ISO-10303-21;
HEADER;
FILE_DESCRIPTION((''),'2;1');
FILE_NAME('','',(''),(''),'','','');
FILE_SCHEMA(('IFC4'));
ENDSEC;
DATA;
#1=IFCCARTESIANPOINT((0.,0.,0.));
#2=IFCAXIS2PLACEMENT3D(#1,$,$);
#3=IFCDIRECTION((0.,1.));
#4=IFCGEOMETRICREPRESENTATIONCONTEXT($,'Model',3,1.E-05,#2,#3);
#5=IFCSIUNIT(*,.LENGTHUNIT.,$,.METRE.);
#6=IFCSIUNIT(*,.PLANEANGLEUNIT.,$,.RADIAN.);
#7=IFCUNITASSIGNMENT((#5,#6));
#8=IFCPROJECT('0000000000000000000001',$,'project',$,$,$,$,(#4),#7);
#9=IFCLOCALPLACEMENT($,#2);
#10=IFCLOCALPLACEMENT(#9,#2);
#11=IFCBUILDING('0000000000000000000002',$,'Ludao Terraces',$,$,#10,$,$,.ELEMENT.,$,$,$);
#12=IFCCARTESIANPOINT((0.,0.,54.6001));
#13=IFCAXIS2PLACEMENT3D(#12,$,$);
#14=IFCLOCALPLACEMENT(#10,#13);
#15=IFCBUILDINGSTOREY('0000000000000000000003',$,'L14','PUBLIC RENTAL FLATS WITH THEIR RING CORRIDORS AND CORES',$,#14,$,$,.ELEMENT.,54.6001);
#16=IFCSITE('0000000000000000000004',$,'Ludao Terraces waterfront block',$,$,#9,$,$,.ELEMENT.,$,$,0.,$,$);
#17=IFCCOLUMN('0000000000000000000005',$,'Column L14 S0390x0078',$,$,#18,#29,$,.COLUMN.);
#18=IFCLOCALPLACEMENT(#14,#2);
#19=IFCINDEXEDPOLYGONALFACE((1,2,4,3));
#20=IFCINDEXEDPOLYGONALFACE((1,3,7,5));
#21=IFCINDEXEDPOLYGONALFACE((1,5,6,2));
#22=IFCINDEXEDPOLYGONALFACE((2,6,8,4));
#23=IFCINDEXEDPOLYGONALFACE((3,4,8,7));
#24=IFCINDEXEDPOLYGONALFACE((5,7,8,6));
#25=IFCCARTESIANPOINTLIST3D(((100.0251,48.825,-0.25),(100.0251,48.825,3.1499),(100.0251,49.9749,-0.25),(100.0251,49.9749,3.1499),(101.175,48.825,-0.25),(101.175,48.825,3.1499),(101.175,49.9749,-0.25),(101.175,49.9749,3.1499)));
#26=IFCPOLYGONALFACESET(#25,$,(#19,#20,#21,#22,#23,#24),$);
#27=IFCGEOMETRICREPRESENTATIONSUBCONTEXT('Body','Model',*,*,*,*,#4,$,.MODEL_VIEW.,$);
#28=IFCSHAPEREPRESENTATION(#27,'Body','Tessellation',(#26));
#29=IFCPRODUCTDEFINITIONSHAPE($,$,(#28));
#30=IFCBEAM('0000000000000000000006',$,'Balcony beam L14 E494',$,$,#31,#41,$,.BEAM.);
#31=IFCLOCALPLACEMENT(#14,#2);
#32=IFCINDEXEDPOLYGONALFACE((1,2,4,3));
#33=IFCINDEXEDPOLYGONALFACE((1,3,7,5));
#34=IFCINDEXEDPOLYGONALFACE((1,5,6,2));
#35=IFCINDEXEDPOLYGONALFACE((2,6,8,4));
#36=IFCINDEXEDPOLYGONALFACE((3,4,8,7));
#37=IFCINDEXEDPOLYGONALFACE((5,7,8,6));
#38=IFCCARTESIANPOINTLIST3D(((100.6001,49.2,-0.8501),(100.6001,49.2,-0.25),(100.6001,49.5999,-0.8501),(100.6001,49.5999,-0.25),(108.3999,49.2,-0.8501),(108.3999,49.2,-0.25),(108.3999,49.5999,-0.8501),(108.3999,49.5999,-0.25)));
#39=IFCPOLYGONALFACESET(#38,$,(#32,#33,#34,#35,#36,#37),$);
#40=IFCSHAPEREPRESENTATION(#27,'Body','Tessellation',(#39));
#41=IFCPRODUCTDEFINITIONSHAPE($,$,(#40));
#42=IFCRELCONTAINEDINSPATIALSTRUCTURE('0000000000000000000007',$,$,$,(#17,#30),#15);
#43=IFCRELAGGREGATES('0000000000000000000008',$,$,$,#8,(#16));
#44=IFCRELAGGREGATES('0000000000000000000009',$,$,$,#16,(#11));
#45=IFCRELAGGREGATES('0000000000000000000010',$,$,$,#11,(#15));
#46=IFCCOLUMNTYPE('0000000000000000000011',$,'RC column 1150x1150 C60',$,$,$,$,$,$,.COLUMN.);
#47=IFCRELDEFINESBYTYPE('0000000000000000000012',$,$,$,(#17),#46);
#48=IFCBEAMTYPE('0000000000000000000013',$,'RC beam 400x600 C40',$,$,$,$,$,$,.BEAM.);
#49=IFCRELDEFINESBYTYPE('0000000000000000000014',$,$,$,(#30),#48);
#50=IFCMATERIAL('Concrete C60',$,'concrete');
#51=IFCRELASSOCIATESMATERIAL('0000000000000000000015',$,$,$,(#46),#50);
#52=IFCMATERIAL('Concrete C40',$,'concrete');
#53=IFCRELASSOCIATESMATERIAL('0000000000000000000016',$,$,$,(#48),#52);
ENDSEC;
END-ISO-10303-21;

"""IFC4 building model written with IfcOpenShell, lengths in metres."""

from ifc_helpers import new_model, si_unit, direction, frame, origin, origin_2d, place, context, subcontext, project, spatial, rectangle, extrude, material, material_profile, profile_set, type_object, element, save


model = new_model("IFC4")

# Units and contexts
model_context = context("Model", 3, precision=1e-05, world=origin(), true_north=direction((0.0, 1.0)))
body_context = subcontext(model_context, "Body", "Model", "MODEL_VIEW")
ifc_project = project(units=[si_unit("LENGTHUNIT", "METRE"), si_unit("PLANEANGLEUNIT", "RADIAN")], contexts=[model_context])

# Site, building, storey
site_placement = place(None, origin())
site = spatial("IfcSite", under=ifc_project, at=site_placement, Name="Ludao Terraces waterfront block", CompositionType="ELEMENT", RefElevation=0.0)
building_placement = place(site_placement, origin())
building = spatial("IfcBuilding", under=site, at=building_placement, Name="Ludao Terraces", CompositionType="ELEMENT")
storey_placement = place(building_placement, frame((0.0, 0.0, 54.6001)))
storey = spatial("IfcBuildingStorey", under=building, at=storey_placement, Name="L14", Description="PUBLIC RENTAL FLATS WITH THEIR RING CORRIDORS AND CORES", CompositionType="ELEMENT", Elevation=54.6001)

# Column
ifc_material_1 = material(Name="Concrete C60", Category="concrete")
ifc_material_profile_1 = material_profile(ifc_material_1, rectangle(XDim=1.1499, YDim=1.1499, at=origin_2d()), Name="1150 X 1150")
ifc_profile_set_1 = profile_set([ifc_material_profile_1], Name="Concrete C60")
column_type = type_object("IfcColumnType", Name="RC column 1150x1150 C60", PredefinedType="COLUMN", material=ifc_profile_set_1)
column_placement = place(storey_placement, frame((100.6001, 49.3999, -0.25), z_axis=(0.0, 0.0, 1.0), x_axis=(1.0, 0.0, 0.0)))
element("IfcColumn", 1, at=column_placement, inside=storey, type_object=column_type, Name="Column L14 S0390x0078", PredefinedType="COLUMN", context=body_context, shape_type="SweptSolid", body=[
    extrude(rectangle(XDim=1.1499, YDim=1.1499, at=origin_2d()), origin(), (0.0, 0.0, 1.0), 3.3999),
])

# Beam
ifc_material_2 = material(Name="Concrete C40", Category="concrete")
ifc_material_profile_2 = material_profile(ifc_material_2, rectangle(XDim=0.3999, YDim=0.6001, at=origin_2d()), Name="400 X 600")
ifc_profile_set_2 = profile_set([ifc_material_profile_2], Name="Concrete C40")
beam_type = type_object("IfcBeamType", Name="RC beam 400x600 C40", PredefinedType="BEAM", material=ifc_profile_set_2)
beam_placement = place(storey_placement, frame((100.6001, 49.3999, -0.55), z_axis=(1.0, 0.0, 0.0), x_axis=(0.0, 1.0, 0.0)))
element("IfcBeam", 2, at=beam_placement, inside=storey, type_object=beam_type, Name="Balcony beam L14 E494", PredefinedType="BEAM", context=body_context, shape_type="SweptSolid", body=[
    extrude(rectangle(XDim=0.3999, YDim=0.6001, at=origin_2d()), origin(), (0.0, 0.0, 1.0), 7.7998),
])

save(model, "model.ifc")
